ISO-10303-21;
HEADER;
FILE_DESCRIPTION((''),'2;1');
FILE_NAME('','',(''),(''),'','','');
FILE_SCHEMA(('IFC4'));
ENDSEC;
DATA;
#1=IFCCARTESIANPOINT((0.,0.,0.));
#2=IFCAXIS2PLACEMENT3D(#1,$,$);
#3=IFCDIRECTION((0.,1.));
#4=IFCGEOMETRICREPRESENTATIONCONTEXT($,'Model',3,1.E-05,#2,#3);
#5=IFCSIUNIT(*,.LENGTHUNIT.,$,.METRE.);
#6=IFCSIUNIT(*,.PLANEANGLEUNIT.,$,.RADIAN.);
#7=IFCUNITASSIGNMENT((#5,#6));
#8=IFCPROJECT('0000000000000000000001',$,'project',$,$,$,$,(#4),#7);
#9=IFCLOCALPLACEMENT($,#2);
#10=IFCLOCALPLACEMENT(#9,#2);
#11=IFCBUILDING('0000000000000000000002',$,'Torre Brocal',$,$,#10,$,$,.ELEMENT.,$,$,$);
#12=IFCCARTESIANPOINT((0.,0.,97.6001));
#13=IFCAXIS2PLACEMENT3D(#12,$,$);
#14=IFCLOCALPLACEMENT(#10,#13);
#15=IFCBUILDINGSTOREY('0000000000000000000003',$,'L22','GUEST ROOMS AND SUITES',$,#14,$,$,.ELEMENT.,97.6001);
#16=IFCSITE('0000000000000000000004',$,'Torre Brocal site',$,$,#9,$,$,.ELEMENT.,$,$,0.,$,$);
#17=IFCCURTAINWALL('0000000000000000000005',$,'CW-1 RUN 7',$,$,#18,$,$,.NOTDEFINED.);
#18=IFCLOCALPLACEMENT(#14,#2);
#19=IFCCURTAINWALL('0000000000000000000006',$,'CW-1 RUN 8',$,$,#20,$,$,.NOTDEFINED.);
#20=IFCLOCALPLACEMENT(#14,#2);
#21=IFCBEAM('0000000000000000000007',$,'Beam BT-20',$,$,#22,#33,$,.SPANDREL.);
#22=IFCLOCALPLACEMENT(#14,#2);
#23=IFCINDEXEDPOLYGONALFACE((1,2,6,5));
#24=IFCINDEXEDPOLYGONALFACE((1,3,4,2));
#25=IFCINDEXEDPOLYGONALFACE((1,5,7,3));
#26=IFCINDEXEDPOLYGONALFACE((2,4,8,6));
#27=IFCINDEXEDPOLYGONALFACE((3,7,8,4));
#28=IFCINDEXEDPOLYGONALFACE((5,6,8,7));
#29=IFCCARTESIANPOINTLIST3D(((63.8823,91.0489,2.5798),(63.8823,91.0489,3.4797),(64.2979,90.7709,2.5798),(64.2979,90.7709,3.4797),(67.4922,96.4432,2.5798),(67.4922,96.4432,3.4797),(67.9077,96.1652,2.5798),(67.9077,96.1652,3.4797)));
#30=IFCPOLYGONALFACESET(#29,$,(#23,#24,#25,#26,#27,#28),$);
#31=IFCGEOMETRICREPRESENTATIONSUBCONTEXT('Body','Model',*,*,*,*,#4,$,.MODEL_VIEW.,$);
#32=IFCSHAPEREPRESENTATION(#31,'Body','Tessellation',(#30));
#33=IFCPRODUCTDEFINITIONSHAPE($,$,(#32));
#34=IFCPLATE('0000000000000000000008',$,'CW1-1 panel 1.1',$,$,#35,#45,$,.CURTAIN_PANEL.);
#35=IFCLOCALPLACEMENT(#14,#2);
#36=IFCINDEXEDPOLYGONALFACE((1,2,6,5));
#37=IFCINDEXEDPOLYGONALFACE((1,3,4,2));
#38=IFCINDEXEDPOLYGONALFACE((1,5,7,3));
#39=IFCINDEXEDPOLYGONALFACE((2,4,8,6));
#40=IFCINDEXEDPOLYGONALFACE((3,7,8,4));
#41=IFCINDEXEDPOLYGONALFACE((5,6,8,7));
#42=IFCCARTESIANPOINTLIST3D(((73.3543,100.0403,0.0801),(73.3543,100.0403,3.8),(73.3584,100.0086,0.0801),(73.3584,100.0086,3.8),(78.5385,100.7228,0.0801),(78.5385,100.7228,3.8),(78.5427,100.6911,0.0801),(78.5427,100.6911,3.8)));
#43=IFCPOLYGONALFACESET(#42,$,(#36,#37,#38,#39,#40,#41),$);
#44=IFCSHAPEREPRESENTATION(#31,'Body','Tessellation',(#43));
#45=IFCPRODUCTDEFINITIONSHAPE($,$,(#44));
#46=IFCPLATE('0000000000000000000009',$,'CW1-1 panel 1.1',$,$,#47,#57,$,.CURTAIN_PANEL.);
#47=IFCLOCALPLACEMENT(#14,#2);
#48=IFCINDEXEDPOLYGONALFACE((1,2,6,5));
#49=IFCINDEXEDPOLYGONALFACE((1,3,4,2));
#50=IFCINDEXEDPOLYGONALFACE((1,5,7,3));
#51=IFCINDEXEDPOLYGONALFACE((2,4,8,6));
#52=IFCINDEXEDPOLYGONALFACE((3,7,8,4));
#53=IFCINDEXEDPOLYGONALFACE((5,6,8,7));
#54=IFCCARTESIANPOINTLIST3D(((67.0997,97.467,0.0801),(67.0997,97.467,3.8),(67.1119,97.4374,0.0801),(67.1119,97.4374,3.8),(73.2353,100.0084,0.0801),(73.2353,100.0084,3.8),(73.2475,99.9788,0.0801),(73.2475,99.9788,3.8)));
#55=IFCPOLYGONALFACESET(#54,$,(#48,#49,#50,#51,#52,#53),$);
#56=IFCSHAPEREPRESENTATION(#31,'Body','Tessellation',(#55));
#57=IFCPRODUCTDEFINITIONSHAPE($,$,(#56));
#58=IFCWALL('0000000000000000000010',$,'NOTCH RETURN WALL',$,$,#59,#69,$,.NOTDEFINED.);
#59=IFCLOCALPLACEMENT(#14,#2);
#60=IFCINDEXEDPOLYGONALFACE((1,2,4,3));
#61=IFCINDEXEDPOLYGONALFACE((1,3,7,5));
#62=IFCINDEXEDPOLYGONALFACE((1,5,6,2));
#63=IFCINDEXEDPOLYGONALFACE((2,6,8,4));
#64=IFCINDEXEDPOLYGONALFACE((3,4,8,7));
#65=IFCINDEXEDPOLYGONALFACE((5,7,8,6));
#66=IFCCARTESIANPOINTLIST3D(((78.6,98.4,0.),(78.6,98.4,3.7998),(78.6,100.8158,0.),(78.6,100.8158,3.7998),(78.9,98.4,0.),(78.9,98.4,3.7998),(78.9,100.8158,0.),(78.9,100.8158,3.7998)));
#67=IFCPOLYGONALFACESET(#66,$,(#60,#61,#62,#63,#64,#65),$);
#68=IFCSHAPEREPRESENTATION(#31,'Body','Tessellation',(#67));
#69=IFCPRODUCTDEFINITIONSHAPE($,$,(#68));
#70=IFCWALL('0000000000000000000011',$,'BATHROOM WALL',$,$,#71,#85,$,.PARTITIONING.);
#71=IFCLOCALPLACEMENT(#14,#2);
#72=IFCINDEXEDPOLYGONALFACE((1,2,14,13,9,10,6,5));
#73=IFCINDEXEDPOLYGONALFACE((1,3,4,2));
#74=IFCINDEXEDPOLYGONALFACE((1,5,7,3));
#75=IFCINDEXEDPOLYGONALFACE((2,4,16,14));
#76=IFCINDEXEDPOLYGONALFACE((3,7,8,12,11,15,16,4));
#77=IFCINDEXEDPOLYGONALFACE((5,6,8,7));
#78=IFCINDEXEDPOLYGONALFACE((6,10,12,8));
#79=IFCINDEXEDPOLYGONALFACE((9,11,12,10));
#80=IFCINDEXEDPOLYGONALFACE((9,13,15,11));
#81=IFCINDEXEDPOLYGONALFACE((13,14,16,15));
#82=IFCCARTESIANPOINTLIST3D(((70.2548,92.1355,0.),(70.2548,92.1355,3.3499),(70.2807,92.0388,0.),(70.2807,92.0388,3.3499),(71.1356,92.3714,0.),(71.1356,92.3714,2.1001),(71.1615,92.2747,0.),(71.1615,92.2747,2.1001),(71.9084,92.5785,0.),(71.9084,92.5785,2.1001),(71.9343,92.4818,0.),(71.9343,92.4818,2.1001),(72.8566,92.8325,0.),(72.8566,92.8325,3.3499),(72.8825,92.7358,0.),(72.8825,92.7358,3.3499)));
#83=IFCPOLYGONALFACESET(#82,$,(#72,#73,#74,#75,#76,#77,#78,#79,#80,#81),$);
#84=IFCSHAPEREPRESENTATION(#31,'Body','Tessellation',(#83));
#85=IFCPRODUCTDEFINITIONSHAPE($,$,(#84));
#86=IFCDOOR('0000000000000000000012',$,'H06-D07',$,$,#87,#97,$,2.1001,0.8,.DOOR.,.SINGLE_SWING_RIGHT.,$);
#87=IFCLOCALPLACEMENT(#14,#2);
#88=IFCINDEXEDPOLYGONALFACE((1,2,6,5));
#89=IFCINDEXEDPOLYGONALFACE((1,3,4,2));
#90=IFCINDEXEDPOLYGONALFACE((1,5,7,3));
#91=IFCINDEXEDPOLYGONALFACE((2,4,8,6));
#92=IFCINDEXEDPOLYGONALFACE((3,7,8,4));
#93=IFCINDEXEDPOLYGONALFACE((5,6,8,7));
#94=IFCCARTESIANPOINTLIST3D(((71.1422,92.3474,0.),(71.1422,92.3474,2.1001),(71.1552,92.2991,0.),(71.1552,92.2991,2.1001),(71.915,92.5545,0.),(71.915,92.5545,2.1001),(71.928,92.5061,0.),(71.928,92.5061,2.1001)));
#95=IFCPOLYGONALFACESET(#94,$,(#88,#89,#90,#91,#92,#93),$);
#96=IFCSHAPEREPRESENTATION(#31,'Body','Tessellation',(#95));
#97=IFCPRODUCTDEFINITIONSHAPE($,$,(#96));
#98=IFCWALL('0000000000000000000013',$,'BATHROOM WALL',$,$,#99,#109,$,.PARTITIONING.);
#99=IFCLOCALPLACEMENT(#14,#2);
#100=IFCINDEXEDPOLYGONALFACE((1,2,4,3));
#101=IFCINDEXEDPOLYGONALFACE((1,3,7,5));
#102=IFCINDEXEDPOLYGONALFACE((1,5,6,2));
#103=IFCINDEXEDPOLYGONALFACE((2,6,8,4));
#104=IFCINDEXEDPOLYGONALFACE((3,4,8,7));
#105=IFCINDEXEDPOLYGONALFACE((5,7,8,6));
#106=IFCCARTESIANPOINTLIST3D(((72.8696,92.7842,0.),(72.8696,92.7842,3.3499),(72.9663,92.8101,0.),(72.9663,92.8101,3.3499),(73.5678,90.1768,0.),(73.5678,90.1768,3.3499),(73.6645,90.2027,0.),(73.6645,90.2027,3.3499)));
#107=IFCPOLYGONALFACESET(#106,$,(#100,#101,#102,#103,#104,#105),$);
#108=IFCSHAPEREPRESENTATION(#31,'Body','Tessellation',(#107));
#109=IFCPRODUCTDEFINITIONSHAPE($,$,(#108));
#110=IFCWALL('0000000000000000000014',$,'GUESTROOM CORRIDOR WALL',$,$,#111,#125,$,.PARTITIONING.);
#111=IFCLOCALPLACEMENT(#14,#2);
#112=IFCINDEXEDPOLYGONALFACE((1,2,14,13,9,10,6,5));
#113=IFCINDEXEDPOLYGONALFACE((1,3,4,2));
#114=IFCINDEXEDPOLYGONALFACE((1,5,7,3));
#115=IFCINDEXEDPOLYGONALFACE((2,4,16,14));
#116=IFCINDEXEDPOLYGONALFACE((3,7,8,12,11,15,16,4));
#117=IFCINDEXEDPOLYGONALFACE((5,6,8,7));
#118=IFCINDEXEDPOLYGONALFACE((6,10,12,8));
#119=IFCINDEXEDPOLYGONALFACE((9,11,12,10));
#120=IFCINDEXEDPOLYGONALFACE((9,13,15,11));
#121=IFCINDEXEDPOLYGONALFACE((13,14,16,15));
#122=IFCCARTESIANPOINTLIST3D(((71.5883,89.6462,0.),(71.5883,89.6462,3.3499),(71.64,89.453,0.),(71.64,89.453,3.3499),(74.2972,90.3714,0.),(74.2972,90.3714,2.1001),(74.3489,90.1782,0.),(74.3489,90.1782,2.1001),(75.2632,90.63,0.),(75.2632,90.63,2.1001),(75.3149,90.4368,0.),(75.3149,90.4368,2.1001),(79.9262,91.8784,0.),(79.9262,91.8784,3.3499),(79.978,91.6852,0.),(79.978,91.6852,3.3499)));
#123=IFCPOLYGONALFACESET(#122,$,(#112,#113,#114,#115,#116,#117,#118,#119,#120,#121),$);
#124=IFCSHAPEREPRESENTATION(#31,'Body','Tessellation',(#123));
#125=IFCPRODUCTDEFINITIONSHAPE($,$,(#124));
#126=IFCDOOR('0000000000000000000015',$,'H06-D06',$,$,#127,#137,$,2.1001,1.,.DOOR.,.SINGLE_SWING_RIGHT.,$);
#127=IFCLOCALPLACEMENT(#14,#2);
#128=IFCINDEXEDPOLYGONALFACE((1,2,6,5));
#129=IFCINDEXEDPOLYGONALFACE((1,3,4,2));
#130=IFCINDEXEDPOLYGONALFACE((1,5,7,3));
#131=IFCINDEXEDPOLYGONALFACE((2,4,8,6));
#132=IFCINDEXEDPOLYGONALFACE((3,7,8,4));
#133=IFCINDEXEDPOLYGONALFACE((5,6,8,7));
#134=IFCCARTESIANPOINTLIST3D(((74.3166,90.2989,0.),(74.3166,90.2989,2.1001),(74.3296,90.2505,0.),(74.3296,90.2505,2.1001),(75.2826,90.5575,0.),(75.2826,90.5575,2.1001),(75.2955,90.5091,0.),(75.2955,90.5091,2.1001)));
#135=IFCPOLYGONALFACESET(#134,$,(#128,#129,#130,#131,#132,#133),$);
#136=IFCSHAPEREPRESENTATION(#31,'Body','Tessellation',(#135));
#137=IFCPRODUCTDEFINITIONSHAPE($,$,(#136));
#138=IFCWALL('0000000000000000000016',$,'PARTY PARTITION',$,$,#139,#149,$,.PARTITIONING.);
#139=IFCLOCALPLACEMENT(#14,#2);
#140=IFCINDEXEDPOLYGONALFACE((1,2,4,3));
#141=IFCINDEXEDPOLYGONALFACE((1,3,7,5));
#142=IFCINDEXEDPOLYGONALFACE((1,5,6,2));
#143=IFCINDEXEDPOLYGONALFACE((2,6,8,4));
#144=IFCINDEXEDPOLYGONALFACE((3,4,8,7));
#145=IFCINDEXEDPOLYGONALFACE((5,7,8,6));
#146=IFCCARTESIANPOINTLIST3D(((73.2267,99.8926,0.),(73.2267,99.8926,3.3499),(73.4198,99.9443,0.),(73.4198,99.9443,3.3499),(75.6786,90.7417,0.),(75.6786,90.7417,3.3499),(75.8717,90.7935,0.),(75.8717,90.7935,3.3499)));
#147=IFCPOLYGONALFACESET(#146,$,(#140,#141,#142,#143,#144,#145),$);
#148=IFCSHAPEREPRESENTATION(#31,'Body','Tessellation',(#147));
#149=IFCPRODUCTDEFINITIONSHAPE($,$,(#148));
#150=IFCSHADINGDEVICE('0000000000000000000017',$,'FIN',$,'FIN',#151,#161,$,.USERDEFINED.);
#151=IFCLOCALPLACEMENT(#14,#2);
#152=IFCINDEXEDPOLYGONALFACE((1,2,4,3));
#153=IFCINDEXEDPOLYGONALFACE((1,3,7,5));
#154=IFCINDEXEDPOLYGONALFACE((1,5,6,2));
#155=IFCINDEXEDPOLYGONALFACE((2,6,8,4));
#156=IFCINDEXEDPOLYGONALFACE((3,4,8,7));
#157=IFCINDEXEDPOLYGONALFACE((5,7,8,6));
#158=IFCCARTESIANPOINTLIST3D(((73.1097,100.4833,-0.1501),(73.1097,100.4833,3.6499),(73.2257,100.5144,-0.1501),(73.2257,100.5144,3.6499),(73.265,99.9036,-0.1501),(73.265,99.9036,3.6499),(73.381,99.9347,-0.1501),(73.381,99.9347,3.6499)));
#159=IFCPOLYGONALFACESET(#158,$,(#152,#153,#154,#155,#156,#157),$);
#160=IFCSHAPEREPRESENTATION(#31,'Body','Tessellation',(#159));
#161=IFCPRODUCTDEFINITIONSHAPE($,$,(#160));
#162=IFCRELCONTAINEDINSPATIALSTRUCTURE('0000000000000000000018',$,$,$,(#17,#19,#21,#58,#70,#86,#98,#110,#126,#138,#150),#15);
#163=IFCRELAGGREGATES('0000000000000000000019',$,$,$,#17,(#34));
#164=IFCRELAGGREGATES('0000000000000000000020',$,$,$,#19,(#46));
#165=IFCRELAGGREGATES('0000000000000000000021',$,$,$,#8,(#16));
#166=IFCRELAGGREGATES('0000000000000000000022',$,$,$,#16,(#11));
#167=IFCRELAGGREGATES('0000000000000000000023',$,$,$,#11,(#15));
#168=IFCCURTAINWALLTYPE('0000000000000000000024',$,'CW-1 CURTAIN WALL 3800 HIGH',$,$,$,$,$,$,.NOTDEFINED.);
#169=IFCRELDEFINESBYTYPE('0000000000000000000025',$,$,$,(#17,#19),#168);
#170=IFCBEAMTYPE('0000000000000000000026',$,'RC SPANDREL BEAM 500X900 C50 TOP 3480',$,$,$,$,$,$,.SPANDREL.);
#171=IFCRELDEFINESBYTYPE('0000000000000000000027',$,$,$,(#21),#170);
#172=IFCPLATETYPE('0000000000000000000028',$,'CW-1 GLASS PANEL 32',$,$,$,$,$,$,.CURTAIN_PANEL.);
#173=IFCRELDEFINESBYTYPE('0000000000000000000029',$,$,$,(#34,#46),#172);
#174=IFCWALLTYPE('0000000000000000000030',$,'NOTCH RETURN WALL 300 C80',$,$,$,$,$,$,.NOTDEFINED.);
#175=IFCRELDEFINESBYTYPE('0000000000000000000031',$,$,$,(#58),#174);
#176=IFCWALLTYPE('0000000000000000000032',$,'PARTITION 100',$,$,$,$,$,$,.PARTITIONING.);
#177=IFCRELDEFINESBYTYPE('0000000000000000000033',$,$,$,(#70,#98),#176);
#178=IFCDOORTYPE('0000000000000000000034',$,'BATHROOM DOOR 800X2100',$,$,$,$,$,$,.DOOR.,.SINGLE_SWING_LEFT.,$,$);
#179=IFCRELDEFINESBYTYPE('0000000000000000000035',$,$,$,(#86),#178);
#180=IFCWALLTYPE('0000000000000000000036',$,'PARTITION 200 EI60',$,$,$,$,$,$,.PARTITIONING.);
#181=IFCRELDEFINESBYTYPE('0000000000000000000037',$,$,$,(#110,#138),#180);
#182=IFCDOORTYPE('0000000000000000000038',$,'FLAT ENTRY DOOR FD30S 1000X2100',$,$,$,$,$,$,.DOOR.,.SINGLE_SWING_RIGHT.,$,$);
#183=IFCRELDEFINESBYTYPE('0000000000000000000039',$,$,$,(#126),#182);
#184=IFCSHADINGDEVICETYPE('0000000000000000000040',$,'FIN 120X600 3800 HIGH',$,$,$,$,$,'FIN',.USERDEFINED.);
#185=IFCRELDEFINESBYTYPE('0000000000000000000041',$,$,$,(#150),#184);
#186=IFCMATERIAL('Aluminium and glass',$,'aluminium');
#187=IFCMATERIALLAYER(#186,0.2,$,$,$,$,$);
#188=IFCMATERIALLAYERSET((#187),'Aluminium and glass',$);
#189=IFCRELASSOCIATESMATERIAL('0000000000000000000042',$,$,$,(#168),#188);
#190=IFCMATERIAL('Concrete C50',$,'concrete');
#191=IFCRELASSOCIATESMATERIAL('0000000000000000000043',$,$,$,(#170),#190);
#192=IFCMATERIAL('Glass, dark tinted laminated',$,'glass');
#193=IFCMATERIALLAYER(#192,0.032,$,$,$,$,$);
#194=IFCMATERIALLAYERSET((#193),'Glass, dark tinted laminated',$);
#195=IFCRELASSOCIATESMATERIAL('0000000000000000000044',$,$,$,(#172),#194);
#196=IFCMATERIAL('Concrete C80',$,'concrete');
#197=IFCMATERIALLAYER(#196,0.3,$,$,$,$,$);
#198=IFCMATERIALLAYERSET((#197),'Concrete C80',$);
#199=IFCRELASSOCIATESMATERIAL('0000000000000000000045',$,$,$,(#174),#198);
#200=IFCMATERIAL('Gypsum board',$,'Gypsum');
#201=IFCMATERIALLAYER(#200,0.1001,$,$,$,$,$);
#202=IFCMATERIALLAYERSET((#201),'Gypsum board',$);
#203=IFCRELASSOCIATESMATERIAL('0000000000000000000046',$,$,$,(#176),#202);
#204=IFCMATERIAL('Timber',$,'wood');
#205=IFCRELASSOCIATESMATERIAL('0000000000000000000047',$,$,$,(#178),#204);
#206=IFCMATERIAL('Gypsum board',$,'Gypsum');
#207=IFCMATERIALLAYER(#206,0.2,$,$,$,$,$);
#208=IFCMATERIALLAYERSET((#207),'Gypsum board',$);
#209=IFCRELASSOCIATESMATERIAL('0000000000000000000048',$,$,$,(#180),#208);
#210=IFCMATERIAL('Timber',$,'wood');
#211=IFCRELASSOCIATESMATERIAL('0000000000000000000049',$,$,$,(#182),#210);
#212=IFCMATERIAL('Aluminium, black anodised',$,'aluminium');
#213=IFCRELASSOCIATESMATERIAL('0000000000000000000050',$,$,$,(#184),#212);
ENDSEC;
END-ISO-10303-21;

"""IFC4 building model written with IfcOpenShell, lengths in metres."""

from ifc_helpers import new_model, si_unit, direction, frame, frame_2d, origin, origin_2d, place, context, subcontext, project, spatial, rectangle, extrude, material, layer, layer_set, material_profile, profile_set, type_object, element, fill, aggregate, save


model = new_model("IFC4")

# Units and contexts
model_context = context("Model", 3, precision=1e-05, world=origin(), true_north=direction((0.0, 1.0)))
body_context = subcontext(model_context, "Body", "Model", "MODEL_VIEW")
ifc_project = project(units=[si_unit("LENGTHUNIT", "METRE"), si_unit("PLANEANGLEUNIT", "RADIAN")], contexts=[model_context])

# Site, building, storey
site_placement = place(None, origin())
site = spatial("IfcSite", under=ifc_project, at=site_placement, Name="Torre Brocal site", CompositionType="ELEMENT", RefElevation=0.0)
building_placement = place(site_placement, origin())
building = spatial("IfcBuilding", under=site, at=building_placement, Name="Torre Brocal", CompositionType="ELEMENT")
storey_placement = place(building_placement, frame((0.0, 0.0, 97.6001)))
storey = spatial("IfcBuildingStorey", under=building, at=storey_placement, Name="L22", Description="GUEST ROOMS AND SUITES", CompositionType="ELEMENT", Elevation=97.6001)

# Curtain wall
ifc_material_1 = material(Name="Aluminium and glass", Category="aluminium")
ifc_layer_1 = layer(ifc_material_1, 0.2)
ifc_layer_set_1 = layer_set([ifc_layer_1], Name="Aluminium and glass")
curtain_wall_type = type_object("IfcCurtainWallType", Name="CW-1 CURTAIN WALL 3800 HIGH", PredefinedType="NOTDEFINED", material=ifc_layer_set_1)
curtain_wall_1_placement = place(storey_placement, origin())
curtain_wall_1 = element("IfcCurtainWall", 1, at=curtain_wall_1_placement, inside=storey, type_object=curtain_wall_type, Name="CW-1 RUN 7", PredefinedType="NOTDEFINED")

# Curtain wall
curtain_wall_2_placement = place(storey_placement, origin())
curtain_wall_2 = element("IfcCurtainWall", 2, at=curtain_wall_2_placement, inside=storey, type_object=curtain_wall_type, Name="CW-1 RUN 8", PredefinedType="NOTDEFINED")

# Beam
ifc_material_2 = material(Name="Concrete C50", Category="concrete")
ifc_material_profile_1 = material_profile(ifc_material_2, rectangle(XDim=0.5, YDim=0.8999, at=origin_2d()), Name="RC 500X900")
ifc_profile_set_1 = profile_set([ifc_material_profile_1], Name="Concrete C50")
beam_type_1 = type_object("IfcBeamType", Name="RC SPANDREL BEAM 500X900 C50 TOP 3480", PredefinedType="SPANDREL", material=ifc_profile_set_1)
beam_1_placement = place(storey_placement, frame((67.7, 96.3042, 3.0298), z_axis=(-0.556158, -0.831077, 0.0), x_axis=(0.831077, -0.556158, 0.0)))
element("IfcBeam", 3, at=beam_1_placement, inside=storey, type_object=beam_type_1, Name="Beam BT-20", PredefinedType="SPANDREL", context=body_context, shape_type="SweptSolid", body=[
    extrude(rectangle(XDim=0.5, YDim=0.8999, at=origin_2d()), origin(), (0.0, 0.0, 1.0), 6.4907),
])

# Plates
ifc_material_3 = material(Name="Glass, dark tinted laminated", Category="glass")
ifc_layer_2 = layer(ifc_material_3, 0.032)
ifc_layer_set_2 = layer_set([ifc_layer_2], Name="Glass, dark tinted laminated")
plate_type = type_object("IfcPlateType", Name="CW-1 GLASS PANEL 32", PredefinedType="CURTAIN_PANEL", material=ifc_layer_set_2)
plate_1_placement = place(storey_placement, frame((75.9485, 100.3657, 0.0801), z_axis=(0.0, 0.0, 1.0), x_axis=(-0.991445, -0.130526, 0.0)))
plate_1 = element("IfcPlate", 4, at=plate_1_placement, type_object=plate_type, Name="CW1-1 panel 1.1", PredefinedType="CURTAIN_PANEL", context=body_context, shape_type="SweptSolid", body=[
    extrude(rectangle(XDim=5.229, YDim=0.032, at=origin_2d()), origin(), (0.0, 0.0, 1.0), 3.72),
])
aggregate(curtain_wall_1, [plate_1])
plate_2_placement = place(storey_placement, frame((70.1736, 98.7229, 0.0801), z_axis=(0.0, 0.0, 1.0), x_axis=(-0.92388, -0.382683, 0.0)))
plate_2 = element("IfcPlate", 5, at=plate_2_placement, type_object=plate_type, Name="CW1-1 panel 1.1", PredefinedType="CURTAIN_PANEL", context=body_context, shape_type="SweptSolid", body=[
    extrude(rectangle(XDim=6.6411, YDim=0.032, at=origin_2d()), origin(), (0.0, 0.0, 1.0), 3.72),
])
aggregate(curtain_wall_2, [plate_2])

# Wall
ifc_material_4 = material(Name="Concrete C80", Category="concrete")
ifc_layer_3 = layer(ifc_material_4, 0.3)
ifc_layer_set_3 = layer_set([ifc_layer_3], Name="Concrete C80")
wall_type_1 = type_object("IfcWallType", Name="NOTCH RETURN WALL 300 C80", PredefinedType="NOTDEFINED", material=ifc_layer_set_3)
wall_1_placement = place(storey_placement, frame((78.75, 98.3999, 0.0), z_axis=(0.0, 0.0, 1.0), x_axis=(0.0, 1.0, 0.0)))
element("IfcWall", 6, at=wall_1_placement, inside=storey, type_object=wall_type_1, Name="NOTCH RETURN WALL", PredefinedType="NOTDEFINED", context=body_context, shape_type="SweptSolid", body=[
    extrude(rectangle(XDim=2.4158, YDim=0.3, at=frame_2d((1.208, 0.0))), origin(), (0.0, 0.0, 1.0), 3.7998),
])

# Wall, opening, door
ifc_material_5 = material(Name="Gypsum board", Category="Gypsum")
ifc_layer_4 = layer(ifc_material_5, 0.1001)
ifc_layer_set_4 = layer_set([ifc_layer_4], Name="Gypsum board")
wall_type_2 = type_object("IfcWallType", Name="PARTITION 100", PredefinedType="PARTITIONING", material=ifc_layer_set_4)
wall_2_placement = place(storey_placement, frame((70.2678, 92.0872, 0.0), z_axis=(0.0, 0.0, 1.0), x_axis=(0.965938, 0.258774, 0.0)))
wall_2 = element("IfcWall", 7, at=wall_2_placement, inside=storey, type_object=wall_type_2, Name="BATHROOM WALL", PredefinedType="PARTITIONING", context=body_context, shape_type="SweptSolid", body=[
    extrude(rectangle(XDim=2.6936, YDim=0.1001, at=frame_2d((1.3467, 0.0))), origin(), (0.0, 0.0, 1.0), 3.3499),
])
opening_1_placement = place(wall_2_placement, frame((0.9119, 0.0, 0.0)))
opening_1 = element("IfcOpeningElement", 8, at=opening_1_placement, cuts=wall_2, PredefinedType="OPENING", context=body_context, shape_type="SweptSolid", body=[
    extrude(rectangle(XDim=0.8, YDim=2.1001, at=frame_2d((0.3999, 1.05))), frame((0.0, 0.0601, 0.0), z_axis=(0.0, -1.0, 0.0), x_axis=(1.0, 0.0, 0.0)), (0.0, 0.0, 1.0), 0.1201),
])
ifc_material_6 = material(Name="Timber", Category="wood")
door_type_1 = type_object("IfcDoorType", Name="BATHROOM DOOR 800X2100", OperationType="SINGLE_SWING_LEFT", PredefinedType="DOOR", material=ifc_material_6)
door_1_placement = place(opening_1_placement, frame((0.8, 0.0, 0.0), z_axis=(0.0, 0.0, 1.0), x_axis=(-1.0, 0.0, 0.0)))
door_1 = element("IfcDoor", 9, at=door_1_placement, inside=storey, type_object=door_type_1, Name="H06-D07", OperationType="SINGLE_SWING_RIGHT", OverallHeight=2.1001, OverallWidth=0.8, PredefinedType="DOOR", context=body_context, shape_type="SweptSolid", body=[
    extrude(rectangle(XDim=0.8, YDim=2.1001, at=frame_2d((0.3999, 1.05))), frame((0.0, 0.0249, 0.0), z_axis=(0.0, -1.0, 0.0), x_axis=(1.0, 0.0, 0.0)), (0.0, 0.0, 1.0), 0.05),
])
fill(opening_1, door_1)

# Wall
wall_3_placement = place(storey_placement, frame((72.918, 92.7971, 0.0), z_axis=(0.0, 0.0, 1.0), x_axis=(0.258676, -0.965964, 0.0)))
element("IfcWall", 10, at=wall_3_placement, inside=storey, type_object=wall_type_2, Name="BATHROOM WALL", PredefinedType="PARTITIONING", context=body_context, shape_type="SweptSolid", body=[
    extrude(rectangle(XDim=2.6992, YDim=0.1001, at=frame_2d((1.3496, 0.0))), origin(), (0.0, 0.0, 1.0), 3.3499),
])

# Wall, opening, door
ifc_material_7 = material(Name="Gypsum board", Category="Gypsum")
ifc_layer_5 = layer(ifc_material_7, 0.2)
ifc_layer_set_5 = layer_set([ifc_layer_5], Name="Gypsum board")
wall_type_3 = type_object("IfcWallType", Name="PARTITION 200 EI60", PredefinedType="PARTITIONING", material=ifc_layer_set_5)
wall_4_placement = place(storey_placement, frame((71.614, 89.5496, 0.0), z_axis=(0.0, 0.0, 1.0), x_axis=(0.965982, 0.258608, 0.0)))
wall_4 = element("IfcWall", 11, at=wall_4_placement, inside=storey, type_object=wall_type_3, Name="GUESTROOM CORRIDOR WALL", PredefinedType="PARTITIONING", context=body_context, shape_type="SweptSolid", body=[
    extrude(rectangle(XDim=8.6316, YDim=0.2, at=frame_2d((4.3159, 0.0))), origin(), (0.0, 0.0, 1.0), 3.3499),
])
opening_2_placement = place(wall_4_placement, frame((2.8044, 0.0, 0.0)))
opening_2 = element("IfcOpeningElement", 12, at=opening_2_placement, cuts=wall_4, PredefinedType="OPENING", context=body_context, shape_type="SweptSolid", body=[
    extrude(rectangle(XDim=1.0, YDim=2.1001, at=frame_2d((0.5, 1.05))), frame((0.0, 0.1099, 0.0), z_axis=(0.0, -1.0, 0.0), x_axis=(1.0, 0.0, 0.0)), (0.0, 0.0, 1.0), 0.22),
])
ifc_material_8 = material(Name="Timber", Category="wood")
door_type_2 = type_object("IfcDoorType", Name="FLAT ENTRY DOOR FD30S 1000X2100", OperationType="SINGLE_SWING_RIGHT", PredefinedType="DOOR", material=ifc_material_8)
door_2_placement = place(opening_2_placement, origin())
door_2 = element("IfcDoor", 13, at=door_2_placement, inside=storey, type_object=door_type_2, Name="H06-D06", OperationType="SINGLE_SWING_RIGHT", OverallHeight=2.1001, OverallWidth=1.0, PredefinedType="DOOR", context=body_context, shape_type="SweptSolid", body=[
    extrude(rectangle(XDim=1.0, YDim=2.1001, at=frame_2d((0.5, 1.05))), frame((0.0, 0.0249, 0.0), z_axis=(0.0, -1.0, 0.0), x_axis=(1.0, 0.0, 0.0)), (0.0, 0.0, 1.0), 0.05),
])
fill(opening_2, door_2)

# Wall
wall_5_placement = place(storey_placement, frame((73.3232, 99.9185, 0.0), z_axis=(0.0, 0.0, 1.0), x_axis=(0.258813, -0.965928, 0.0)))
element("IfcWall", 14, at=wall_5_placement, inside=storey, type_object=wall_type_3, Name="PARTY PARTITION", PredefinedType="PARTITIONING", context=body_context, shape_type="SweptSolid", body=[
    extrude(rectangle(XDim=9.4736, YDim=0.2, at=frame_2d((4.7368, 0.0))), origin(), (0.0, 0.0, 1.0), 3.3499),
])

# Shading device
ifc_material_9 = material(Name="Aluminium, black anodised", Category="aluminium")
ifc_material_profile_2 = material_profile(ifc_material_9, rectangle(XDim=0.1201, YDim=0.6001, at=origin_2d()), Name="FIN 120X600 3800 HIGH")
ifc_profile_set_2 = profile_set([ifc_material_profile_2], Name="Aluminium, black anodised")
shading_device_type = type_object("IfcShadingDeviceType", Name="FIN 120X600 3800 HIGH", ElementType="FIN", PredefinedType="USERDEFINED", material=ifc_profile_set_2)
shading_device_placement = place(storey_placement, frame((73.2454, 100.209, -0.1501), z_axis=(0.0, 0.0, 1.0), x_axis=(-0.965926, -0.258819, 0.0)))
element("IfcShadingDevice", 15, at=shading_device_placement, inside=storey, type_object=shading_device_type, Name="FIN", ObjectType="FIN", PredefinedType="USERDEFINED", context=body_context, shape_type="SweptSolid", body=[
    extrude(rectangle(XDim=0.1201, YDim=0.6001, at=origin_2d()), origin(), (0.0, 0.0, 1.0), 3.8),
])

save(model, "model.ifc")
